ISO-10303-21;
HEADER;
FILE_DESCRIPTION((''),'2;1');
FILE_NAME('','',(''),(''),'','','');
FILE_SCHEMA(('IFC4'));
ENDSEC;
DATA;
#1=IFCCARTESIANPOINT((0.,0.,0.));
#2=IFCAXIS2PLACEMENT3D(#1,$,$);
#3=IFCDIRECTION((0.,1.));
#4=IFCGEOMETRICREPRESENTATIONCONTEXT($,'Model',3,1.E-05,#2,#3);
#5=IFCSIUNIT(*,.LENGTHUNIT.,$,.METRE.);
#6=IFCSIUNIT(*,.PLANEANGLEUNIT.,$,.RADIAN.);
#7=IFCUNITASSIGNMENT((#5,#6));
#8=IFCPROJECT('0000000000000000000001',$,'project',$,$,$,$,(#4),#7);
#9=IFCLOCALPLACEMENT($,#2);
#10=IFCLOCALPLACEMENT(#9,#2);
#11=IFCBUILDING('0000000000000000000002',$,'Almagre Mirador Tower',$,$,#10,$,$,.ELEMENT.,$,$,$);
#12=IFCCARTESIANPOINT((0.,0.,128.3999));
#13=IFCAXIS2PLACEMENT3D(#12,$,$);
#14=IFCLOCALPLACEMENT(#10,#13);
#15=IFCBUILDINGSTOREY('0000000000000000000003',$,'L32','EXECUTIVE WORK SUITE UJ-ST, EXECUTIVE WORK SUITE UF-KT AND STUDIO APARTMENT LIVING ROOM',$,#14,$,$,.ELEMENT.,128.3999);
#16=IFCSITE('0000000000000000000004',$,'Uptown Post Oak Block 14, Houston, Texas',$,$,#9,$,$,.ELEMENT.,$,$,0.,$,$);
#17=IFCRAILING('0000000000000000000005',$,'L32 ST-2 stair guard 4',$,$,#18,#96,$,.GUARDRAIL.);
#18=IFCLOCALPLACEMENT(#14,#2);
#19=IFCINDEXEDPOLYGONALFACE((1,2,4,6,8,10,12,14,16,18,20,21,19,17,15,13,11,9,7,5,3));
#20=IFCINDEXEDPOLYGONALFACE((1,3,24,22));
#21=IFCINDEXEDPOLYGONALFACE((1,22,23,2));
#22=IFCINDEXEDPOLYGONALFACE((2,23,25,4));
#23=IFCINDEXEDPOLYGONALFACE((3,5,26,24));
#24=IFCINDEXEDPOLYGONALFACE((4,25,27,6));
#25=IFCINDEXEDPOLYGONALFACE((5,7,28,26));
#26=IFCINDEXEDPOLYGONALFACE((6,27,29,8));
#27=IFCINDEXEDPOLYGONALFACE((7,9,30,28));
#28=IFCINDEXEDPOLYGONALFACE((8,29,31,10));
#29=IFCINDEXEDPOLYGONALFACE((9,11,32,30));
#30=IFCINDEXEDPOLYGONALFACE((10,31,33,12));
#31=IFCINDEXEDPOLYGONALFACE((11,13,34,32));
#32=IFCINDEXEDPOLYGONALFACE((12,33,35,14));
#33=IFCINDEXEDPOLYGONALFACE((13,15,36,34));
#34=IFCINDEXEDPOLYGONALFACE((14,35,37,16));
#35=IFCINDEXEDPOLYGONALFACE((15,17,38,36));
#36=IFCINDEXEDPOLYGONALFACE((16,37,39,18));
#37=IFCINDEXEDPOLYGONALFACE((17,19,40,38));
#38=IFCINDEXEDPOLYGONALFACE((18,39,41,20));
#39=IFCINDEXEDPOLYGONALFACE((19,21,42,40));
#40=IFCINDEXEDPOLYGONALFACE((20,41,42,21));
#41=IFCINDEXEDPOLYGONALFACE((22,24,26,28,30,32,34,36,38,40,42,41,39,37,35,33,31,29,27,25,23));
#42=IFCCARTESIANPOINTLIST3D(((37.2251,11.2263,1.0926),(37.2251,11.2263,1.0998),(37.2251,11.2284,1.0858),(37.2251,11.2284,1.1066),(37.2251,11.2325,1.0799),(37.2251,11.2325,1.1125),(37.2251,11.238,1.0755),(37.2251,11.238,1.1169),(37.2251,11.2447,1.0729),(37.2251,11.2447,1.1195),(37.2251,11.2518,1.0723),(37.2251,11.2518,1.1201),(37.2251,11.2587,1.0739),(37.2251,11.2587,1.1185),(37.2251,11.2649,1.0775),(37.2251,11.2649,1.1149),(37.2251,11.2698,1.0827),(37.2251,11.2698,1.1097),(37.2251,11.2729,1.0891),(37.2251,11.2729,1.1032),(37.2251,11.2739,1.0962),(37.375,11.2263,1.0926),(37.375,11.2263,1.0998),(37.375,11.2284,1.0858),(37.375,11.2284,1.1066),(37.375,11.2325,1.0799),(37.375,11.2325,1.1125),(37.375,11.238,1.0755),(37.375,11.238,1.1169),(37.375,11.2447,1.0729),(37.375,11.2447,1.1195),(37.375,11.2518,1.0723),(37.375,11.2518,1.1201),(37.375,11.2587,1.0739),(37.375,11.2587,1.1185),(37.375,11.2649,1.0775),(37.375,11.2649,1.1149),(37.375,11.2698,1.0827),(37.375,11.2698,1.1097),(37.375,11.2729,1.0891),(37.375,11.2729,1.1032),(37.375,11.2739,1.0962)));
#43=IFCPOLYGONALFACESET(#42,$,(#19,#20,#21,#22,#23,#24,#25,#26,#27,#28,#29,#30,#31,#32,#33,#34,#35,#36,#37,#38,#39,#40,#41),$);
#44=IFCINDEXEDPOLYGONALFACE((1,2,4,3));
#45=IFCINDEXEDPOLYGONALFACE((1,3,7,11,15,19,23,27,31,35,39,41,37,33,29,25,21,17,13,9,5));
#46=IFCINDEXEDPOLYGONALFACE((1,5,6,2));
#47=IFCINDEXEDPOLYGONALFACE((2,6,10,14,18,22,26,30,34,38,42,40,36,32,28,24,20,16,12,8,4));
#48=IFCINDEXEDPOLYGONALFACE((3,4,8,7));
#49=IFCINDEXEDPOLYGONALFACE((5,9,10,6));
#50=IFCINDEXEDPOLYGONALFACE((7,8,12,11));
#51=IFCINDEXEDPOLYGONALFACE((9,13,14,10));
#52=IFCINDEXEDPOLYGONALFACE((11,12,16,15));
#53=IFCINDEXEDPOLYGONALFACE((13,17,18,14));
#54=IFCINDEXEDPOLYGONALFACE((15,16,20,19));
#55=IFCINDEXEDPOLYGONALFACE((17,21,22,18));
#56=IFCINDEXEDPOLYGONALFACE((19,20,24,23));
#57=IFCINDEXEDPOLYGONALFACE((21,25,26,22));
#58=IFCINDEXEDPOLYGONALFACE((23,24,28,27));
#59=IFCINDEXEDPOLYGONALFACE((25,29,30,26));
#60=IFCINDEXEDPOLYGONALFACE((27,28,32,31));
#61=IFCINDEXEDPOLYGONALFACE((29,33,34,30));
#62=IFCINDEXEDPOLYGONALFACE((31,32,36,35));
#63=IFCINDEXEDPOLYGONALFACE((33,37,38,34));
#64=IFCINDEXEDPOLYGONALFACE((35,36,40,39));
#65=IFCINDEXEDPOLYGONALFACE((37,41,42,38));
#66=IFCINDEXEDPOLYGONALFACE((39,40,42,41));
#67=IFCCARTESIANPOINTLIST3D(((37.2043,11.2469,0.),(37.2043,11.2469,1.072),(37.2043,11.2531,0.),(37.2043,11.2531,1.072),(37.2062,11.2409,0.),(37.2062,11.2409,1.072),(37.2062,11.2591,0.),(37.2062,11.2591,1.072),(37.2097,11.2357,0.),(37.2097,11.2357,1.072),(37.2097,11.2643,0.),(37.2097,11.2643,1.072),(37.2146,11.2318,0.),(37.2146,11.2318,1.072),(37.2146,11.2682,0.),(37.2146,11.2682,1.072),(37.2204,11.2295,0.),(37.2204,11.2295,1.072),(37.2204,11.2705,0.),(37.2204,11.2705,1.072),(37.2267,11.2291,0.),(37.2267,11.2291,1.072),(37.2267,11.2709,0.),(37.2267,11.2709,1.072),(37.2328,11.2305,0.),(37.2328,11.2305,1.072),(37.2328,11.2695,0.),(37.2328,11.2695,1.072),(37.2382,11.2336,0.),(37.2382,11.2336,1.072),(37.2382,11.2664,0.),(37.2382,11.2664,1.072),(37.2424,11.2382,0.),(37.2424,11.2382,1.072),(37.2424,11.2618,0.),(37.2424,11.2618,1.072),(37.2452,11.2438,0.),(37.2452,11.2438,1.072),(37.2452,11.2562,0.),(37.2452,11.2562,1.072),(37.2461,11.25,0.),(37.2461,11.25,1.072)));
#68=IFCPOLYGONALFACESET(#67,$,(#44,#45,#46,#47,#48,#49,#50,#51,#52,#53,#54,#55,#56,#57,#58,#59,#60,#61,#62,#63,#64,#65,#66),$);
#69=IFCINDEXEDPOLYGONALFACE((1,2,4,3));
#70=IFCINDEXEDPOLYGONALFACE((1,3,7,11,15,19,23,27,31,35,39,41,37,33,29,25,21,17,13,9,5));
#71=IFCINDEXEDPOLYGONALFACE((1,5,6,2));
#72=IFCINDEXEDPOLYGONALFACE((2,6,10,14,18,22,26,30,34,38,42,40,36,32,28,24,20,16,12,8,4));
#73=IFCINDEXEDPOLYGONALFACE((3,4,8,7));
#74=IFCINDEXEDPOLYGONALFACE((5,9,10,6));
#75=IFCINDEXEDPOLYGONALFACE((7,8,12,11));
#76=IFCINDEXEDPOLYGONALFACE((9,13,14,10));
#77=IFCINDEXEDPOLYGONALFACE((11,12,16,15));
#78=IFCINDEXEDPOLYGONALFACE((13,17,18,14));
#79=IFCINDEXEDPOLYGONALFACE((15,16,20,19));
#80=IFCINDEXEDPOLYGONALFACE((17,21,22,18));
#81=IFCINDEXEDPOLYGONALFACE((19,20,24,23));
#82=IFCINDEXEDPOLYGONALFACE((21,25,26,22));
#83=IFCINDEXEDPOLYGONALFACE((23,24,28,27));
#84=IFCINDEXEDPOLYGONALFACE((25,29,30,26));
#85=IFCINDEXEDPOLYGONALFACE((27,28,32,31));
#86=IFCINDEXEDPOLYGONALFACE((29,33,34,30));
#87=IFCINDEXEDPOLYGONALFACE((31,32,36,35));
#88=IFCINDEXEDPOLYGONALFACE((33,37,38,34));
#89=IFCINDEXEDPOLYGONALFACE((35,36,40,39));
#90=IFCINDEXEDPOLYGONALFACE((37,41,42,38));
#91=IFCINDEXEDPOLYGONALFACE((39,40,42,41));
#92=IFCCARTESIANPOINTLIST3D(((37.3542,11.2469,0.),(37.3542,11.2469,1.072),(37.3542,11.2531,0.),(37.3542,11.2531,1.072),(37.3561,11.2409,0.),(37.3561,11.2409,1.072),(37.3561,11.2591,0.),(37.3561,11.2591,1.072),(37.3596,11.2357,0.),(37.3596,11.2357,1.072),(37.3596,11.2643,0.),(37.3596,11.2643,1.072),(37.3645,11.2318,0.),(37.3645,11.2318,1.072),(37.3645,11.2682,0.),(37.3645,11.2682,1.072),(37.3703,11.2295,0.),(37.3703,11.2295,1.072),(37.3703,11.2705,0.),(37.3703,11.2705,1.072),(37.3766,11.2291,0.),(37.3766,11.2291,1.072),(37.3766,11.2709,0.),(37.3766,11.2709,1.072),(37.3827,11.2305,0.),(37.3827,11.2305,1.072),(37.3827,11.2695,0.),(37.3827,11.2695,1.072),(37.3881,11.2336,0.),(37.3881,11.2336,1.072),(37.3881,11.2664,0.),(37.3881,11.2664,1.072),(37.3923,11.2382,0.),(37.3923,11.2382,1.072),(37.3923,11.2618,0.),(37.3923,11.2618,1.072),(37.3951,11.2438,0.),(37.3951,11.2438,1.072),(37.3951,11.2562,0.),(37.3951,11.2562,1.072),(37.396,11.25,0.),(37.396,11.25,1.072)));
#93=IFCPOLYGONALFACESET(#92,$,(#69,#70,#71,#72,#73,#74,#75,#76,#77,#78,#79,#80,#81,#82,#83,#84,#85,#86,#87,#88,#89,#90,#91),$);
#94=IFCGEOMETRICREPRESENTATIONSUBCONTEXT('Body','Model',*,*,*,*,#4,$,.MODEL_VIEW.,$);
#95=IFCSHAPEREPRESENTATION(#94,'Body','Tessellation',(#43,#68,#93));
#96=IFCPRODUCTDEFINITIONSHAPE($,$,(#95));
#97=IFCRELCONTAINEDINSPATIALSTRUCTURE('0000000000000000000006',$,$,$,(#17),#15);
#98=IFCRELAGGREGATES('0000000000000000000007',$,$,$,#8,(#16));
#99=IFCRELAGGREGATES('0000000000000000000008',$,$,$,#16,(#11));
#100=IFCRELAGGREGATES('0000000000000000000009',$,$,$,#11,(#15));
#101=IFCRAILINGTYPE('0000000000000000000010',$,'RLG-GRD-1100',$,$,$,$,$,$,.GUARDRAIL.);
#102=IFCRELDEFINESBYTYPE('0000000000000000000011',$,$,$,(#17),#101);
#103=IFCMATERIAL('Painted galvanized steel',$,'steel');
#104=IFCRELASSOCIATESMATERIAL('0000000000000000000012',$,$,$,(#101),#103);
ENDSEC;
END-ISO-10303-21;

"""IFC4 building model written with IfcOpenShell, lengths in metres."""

from ifc_helpers import new_model, si_unit, direction, frame, origin, origin_2d, place, context, subcontext, project, spatial, circle, extrude, material, type_object, element, save


model = new_model("IFC4")

# Units and contexts
model_context = context("Model", 3, precision=1e-05, world=origin(), true_north=direction((0.0, 1.0)))
body_context = subcontext(model_context, "Body", "Model", "MODEL_VIEW")
ifc_project = project(units=[si_unit("LENGTHUNIT", "METRE"), si_unit("PLANEANGLEUNIT", "RADIAN")], contexts=[model_context])

# Site, building, storey
site_placement = place(None, origin())
site = spatial("IfcSite", under=ifc_project, at=site_placement, Name="Uptown Post Oak Block 14, Houston, Texas", CompositionType="ELEMENT", RefElevation=0.0)
building_placement = place(site_placement, origin())
building = spatial("IfcBuilding", under=site, at=building_placement, Name="Almagre Mirador Tower", CompositionType="ELEMENT")
storey_placement = place(building_placement, frame((0.0, 0.0, 128.3999)))
storey = spatial("IfcBuildingStorey", under=building, at=storey_placement, Name="L32", Description="EXECUTIVE WORK SUITE UJ-ST, EXECUTIVE WORK SUITE UF-KT AND STUDIO APARTMENT LIVING ROOM", CompositionType="ELEMENT", Elevation=128.3999)

# Railing
ifc_material_1 = material(Name="Painted galvanized steel", Category="steel")
railing_type_1 = type_object("IfcRailingType", Name="RLG-GRD-1100", PredefinedType="GUARDRAIL", material=ifc_material_1)
railing_1_placement = place(storey_placement, frame((37.2251, 11.25, 0.0)))
element("IfcRailing", 1, at=railing_1_placement, inside=storey, type_object=railing_type_1, Name="L32 ST-2 stair guard 4", PredefinedType="GUARDRAIL", context=body_context, shape_type="SweptSolid", body=[
    extrude(circle(Radius=0.0239, at=origin_2d()), frame((0.0, 0.0, 1.0962), z_axis=(1.0, 0.0, 0.0), x_axis=(0.0, 1.0, 0.0)), (0.0, 0.0, 1.0), 0.1499),
    extrude(circle(Radius=0.021, at=origin_2d()), origin(), (0.0, 0.0, 1.0), 1.072),
    extrude(circle(Radius=0.021, at=origin_2d()), frame((0.1499, 0.0, 0.0)), (0.0, 0.0, 1.0), 1.072),
])

save(model, "model.ifc")
